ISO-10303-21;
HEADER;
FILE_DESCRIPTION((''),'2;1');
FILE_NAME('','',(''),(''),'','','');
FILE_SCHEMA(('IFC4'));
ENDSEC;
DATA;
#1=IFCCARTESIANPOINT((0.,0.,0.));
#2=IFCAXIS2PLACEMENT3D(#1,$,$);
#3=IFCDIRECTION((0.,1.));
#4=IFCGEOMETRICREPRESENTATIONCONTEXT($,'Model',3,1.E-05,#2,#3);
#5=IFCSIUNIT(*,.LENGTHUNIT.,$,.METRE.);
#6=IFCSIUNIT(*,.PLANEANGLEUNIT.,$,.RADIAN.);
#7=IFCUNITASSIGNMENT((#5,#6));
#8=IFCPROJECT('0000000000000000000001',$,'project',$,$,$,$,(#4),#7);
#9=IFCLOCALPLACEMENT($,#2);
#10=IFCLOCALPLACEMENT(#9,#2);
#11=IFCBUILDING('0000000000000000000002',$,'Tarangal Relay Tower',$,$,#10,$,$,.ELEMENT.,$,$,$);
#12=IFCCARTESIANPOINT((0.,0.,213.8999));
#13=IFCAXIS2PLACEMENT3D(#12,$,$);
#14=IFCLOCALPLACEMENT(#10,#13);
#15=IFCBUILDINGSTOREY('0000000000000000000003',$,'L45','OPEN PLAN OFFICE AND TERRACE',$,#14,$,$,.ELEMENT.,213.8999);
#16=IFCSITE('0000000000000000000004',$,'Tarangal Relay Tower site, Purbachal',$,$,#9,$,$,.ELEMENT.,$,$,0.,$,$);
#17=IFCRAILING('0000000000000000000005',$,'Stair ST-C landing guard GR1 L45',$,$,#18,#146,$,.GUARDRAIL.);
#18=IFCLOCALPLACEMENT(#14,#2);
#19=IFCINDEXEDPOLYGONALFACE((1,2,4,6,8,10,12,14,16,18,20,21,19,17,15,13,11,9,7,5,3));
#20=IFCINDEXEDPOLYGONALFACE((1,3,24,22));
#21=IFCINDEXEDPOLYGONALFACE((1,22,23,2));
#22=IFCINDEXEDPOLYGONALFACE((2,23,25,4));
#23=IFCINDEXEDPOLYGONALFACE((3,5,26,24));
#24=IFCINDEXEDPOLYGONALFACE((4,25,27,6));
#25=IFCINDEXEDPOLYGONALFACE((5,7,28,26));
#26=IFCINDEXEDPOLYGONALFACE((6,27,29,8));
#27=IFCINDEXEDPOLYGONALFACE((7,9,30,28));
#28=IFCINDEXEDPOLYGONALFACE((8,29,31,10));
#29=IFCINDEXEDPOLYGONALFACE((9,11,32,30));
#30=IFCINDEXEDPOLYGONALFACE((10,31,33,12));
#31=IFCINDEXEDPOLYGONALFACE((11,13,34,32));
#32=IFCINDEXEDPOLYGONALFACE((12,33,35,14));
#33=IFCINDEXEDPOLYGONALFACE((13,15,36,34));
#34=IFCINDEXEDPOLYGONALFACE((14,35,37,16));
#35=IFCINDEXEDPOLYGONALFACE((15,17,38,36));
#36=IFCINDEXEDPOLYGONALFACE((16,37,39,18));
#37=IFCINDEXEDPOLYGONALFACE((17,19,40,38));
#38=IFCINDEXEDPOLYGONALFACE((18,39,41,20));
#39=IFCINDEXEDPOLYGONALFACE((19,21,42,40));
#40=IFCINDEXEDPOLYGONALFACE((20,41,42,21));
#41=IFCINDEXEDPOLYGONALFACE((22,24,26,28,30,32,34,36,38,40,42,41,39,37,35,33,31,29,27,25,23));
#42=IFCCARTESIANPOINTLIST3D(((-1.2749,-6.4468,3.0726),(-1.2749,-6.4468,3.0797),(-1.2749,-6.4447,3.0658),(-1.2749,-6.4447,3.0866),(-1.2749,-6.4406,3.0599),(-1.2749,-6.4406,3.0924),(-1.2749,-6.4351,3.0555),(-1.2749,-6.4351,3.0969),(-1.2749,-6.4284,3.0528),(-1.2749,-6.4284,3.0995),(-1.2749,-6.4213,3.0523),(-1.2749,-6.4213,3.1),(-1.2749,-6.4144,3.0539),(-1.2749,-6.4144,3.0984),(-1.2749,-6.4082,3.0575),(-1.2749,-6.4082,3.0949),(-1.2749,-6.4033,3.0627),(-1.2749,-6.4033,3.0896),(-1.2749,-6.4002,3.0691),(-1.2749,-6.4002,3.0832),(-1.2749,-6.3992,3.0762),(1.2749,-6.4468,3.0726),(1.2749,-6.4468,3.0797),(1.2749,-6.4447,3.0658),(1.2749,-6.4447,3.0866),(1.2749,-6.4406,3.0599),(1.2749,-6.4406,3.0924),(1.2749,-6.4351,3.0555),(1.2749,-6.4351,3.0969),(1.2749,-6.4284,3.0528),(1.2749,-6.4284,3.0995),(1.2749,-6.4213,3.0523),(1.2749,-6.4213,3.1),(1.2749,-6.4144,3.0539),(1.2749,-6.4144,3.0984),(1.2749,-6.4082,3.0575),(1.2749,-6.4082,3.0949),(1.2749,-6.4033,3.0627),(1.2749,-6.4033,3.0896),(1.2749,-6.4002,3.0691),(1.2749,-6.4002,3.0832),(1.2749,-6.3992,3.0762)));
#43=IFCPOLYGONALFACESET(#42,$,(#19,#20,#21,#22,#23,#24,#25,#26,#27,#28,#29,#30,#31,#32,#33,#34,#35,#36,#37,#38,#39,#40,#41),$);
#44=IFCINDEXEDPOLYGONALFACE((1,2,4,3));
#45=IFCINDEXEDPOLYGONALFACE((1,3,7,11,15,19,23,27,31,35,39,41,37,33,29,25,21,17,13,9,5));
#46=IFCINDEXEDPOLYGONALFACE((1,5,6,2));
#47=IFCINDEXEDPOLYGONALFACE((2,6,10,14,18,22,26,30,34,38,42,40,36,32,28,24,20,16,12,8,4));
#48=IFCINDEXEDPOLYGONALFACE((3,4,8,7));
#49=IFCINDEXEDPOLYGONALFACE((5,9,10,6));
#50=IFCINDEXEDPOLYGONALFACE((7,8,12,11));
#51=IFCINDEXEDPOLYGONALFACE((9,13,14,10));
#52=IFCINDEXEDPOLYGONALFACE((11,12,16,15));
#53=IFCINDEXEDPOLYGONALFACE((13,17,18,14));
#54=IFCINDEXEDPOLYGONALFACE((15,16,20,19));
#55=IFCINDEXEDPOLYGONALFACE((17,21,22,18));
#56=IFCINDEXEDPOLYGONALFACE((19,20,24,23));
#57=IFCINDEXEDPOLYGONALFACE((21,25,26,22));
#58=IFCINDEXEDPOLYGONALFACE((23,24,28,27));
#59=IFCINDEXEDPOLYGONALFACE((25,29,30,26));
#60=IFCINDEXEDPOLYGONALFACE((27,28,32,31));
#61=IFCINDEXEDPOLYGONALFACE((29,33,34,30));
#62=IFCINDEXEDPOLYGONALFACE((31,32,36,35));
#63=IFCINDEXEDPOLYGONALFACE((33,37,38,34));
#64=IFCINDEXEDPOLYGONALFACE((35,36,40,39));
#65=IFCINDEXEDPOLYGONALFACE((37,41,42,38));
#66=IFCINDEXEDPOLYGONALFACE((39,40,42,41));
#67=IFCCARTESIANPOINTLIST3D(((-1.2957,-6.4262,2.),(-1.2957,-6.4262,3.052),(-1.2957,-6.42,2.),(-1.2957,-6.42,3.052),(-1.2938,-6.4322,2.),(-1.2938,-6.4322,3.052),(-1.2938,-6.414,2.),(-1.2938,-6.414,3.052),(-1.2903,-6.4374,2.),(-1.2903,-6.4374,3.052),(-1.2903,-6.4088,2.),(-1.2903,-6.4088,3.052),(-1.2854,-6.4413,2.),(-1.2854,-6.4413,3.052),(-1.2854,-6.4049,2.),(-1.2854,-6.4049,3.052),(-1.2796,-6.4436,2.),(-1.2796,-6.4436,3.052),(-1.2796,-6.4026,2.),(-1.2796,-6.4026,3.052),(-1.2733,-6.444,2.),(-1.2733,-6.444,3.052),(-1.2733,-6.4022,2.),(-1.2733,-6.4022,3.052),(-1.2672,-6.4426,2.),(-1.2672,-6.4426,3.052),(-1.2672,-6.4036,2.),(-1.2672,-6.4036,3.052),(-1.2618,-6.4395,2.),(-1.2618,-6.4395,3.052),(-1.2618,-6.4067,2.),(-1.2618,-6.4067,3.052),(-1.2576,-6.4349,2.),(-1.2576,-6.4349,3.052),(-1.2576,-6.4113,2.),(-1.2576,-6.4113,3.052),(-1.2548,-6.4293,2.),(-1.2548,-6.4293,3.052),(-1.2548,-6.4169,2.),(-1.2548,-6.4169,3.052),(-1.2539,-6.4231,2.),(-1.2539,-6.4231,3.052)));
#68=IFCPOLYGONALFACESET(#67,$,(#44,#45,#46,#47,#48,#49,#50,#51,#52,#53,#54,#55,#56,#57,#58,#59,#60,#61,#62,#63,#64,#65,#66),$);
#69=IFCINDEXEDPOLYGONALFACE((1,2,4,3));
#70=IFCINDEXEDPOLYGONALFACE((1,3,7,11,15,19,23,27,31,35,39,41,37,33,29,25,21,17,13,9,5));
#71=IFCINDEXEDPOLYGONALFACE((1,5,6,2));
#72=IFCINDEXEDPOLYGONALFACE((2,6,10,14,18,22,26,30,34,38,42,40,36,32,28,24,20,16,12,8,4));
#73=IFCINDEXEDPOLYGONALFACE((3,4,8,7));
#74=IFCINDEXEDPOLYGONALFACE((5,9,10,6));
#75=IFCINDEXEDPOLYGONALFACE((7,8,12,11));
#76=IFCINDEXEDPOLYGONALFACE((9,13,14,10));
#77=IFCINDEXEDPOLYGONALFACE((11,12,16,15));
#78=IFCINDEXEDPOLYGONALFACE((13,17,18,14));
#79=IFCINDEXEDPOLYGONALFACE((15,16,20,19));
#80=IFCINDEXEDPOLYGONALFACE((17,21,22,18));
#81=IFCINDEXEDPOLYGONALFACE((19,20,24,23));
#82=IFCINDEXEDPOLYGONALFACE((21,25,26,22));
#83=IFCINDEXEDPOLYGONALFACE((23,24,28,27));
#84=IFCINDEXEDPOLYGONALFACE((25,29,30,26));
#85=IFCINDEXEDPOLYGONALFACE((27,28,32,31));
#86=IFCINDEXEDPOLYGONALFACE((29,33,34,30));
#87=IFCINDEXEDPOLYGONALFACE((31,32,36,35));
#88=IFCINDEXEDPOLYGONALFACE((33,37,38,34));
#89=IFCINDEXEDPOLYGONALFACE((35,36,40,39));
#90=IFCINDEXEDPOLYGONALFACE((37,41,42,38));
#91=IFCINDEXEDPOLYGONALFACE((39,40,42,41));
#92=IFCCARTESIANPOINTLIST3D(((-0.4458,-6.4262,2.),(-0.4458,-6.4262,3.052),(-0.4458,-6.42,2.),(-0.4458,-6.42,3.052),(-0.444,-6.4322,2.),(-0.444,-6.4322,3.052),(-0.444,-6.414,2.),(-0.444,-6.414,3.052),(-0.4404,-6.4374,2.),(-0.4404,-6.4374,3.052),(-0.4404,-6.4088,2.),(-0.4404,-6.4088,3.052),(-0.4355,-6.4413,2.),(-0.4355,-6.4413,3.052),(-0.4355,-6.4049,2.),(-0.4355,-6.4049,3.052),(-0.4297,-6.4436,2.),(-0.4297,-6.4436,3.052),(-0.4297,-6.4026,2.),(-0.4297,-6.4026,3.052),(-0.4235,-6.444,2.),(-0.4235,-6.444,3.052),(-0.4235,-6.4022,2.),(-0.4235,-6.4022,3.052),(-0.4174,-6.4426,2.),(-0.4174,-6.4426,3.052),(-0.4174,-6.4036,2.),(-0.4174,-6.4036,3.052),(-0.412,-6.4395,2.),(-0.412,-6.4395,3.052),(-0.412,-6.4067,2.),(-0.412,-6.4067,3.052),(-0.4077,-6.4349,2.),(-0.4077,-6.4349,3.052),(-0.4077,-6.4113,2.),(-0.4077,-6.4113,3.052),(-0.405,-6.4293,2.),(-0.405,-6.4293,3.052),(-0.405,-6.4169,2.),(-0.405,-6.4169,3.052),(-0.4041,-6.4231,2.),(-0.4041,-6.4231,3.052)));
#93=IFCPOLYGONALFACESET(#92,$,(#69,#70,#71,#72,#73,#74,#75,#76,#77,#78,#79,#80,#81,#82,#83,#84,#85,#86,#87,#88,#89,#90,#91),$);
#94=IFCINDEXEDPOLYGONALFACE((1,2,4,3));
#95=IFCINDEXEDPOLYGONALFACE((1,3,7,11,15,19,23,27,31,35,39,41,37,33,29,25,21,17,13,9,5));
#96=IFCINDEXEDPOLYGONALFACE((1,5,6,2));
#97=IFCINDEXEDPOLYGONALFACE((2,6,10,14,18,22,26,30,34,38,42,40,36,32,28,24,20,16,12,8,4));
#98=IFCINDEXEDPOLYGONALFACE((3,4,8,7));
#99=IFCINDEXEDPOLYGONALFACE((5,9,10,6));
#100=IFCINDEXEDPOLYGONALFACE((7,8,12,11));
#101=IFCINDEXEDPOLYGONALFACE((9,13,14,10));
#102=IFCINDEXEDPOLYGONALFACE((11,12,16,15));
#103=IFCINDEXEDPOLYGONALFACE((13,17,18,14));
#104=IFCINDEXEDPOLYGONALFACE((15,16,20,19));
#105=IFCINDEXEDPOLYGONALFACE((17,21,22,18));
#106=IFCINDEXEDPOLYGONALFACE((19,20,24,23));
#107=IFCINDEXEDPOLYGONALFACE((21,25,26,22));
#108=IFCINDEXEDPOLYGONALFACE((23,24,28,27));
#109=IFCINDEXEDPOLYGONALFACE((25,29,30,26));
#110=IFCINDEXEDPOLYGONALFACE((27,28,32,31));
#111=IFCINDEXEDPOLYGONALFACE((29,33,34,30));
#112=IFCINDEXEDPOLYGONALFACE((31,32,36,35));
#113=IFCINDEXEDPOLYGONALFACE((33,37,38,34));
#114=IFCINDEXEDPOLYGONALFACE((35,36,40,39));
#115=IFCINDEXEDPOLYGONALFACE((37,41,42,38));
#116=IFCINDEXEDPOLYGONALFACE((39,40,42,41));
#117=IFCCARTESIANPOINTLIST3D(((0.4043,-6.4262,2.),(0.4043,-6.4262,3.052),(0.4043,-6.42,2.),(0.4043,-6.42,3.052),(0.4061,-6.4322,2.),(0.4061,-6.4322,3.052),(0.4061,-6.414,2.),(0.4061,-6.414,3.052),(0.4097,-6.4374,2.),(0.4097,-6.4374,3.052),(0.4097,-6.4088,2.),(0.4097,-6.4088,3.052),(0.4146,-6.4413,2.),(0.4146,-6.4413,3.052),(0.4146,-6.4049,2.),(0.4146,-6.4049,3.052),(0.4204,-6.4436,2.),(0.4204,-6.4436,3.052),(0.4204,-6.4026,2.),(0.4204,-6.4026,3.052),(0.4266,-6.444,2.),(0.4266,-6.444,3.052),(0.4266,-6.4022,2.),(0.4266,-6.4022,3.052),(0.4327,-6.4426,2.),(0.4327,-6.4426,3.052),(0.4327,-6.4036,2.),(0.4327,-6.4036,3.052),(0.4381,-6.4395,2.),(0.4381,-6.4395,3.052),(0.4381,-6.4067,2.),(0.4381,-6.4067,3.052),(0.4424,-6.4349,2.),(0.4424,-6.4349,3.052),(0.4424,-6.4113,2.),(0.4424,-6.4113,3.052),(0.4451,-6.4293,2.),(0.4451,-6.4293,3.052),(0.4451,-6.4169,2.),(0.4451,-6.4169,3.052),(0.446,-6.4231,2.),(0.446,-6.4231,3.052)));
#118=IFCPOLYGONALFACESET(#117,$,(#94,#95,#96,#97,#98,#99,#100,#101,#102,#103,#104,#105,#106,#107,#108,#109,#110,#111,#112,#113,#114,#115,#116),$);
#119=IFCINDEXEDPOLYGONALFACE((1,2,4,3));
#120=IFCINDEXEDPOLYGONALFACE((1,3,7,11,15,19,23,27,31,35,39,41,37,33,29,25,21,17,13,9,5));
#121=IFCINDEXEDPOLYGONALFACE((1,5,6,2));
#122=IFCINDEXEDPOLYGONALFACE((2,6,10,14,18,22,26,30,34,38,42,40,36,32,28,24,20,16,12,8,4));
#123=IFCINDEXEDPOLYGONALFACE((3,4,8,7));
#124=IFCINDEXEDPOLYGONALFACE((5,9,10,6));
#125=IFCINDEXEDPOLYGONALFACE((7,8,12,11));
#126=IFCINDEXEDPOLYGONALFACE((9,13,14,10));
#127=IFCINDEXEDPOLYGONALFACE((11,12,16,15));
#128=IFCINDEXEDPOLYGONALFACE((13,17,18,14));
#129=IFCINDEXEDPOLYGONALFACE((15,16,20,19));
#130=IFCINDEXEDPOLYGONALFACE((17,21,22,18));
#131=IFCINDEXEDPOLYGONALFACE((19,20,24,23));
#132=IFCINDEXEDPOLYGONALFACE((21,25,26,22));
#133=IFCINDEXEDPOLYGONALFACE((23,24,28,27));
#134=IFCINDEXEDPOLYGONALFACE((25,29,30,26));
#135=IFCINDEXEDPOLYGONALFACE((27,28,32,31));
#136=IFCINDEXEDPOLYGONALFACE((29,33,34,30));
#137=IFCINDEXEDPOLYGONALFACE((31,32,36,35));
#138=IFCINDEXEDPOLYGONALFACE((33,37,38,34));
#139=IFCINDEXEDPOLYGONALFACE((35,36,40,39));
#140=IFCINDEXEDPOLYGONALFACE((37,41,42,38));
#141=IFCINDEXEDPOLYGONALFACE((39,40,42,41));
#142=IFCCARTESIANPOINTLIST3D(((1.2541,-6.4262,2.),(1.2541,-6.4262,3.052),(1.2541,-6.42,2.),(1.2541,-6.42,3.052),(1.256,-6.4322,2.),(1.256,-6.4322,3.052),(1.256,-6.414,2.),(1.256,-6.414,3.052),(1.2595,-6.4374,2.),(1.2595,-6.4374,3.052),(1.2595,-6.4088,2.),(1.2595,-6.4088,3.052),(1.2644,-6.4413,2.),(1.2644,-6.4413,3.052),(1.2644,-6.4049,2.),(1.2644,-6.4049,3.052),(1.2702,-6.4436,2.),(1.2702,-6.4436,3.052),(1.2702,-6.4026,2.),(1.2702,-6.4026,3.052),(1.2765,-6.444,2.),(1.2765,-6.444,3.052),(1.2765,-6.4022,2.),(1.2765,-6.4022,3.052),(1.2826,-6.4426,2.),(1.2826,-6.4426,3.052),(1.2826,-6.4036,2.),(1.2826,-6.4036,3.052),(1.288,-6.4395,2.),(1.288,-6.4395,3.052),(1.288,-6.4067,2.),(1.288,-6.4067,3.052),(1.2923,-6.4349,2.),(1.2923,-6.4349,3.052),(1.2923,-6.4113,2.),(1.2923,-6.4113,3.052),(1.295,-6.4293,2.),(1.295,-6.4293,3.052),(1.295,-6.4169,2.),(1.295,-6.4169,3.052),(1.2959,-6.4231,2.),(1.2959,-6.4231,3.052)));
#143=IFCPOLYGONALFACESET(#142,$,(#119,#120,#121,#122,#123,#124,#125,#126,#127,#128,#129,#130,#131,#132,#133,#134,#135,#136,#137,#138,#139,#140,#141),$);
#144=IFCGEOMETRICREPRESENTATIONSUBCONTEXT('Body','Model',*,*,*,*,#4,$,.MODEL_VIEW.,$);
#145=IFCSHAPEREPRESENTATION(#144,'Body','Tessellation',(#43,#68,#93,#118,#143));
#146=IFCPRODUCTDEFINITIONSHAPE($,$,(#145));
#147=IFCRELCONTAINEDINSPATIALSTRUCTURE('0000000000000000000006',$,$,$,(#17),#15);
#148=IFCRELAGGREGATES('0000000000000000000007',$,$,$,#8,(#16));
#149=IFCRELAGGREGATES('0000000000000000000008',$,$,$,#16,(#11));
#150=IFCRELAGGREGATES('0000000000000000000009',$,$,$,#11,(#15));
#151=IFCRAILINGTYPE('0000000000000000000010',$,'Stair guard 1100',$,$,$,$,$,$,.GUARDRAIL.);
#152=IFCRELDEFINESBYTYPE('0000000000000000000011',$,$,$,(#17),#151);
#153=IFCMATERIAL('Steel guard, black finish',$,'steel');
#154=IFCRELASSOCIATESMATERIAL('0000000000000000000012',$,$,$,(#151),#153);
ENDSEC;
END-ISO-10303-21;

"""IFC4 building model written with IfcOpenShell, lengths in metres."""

from ifc_helpers import new_model, si_unit, direction, frame, origin, origin_2d, place, context, subcontext, project, spatial, circle, extrude, material, type_object, element, save


model = new_model("IFC4")

# Units and contexts
model_context = context("Model", 3, precision=1e-05, world=origin(), true_north=direction((0.0, 1.0)))
body_context = subcontext(model_context, "Body", "Model", "MODEL_VIEW")
ifc_project = project(units=[si_unit("LENGTHUNIT", "METRE"), si_unit("PLANEANGLEUNIT", "RADIAN")], contexts=[model_context])

# Site, building, storey
site_placement = place(None, origin())
site = spatial("IfcSite", under=ifc_project, at=site_placement, Name="Tarangal Relay Tower site, Purbachal", CompositionType="ELEMENT", RefElevation=0.0)
building_placement = place(site_placement, origin())
building = spatial("IfcBuilding", under=site, at=building_placement, Name="Tarangal Relay Tower", CompositionType="ELEMENT")
storey_placement = place(building_placement, frame((0.0, 0.0, 213.8999)))
storey = spatial("IfcBuildingStorey", under=building, at=storey_placement, Name="L45", Description="OPEN PLAN OFFICE AND TERRACE", CompositionType="ELEMENT", Elevation=213.8999)

# Railing
ifc_material_1 = material(Name="Steel guard, black finish", Category="steel")
railing_type_1 = type_object("IfcRailingType", Name="Stair guard 1100", PredefinedType="GUARDRAIL", material=ifc_material_1)
for number, where, name in (
    (1, (-1.2749, -6.4231, 2.0), "Stair ST-C landing guard GR1 L45"),
):
    element("IfcRailing", number, at=place(storey_placement, frame(where)), inside=storey, type_object=railing_type_1, Name=name, PredefinedType="GUARDRAIL", context=body_context, shape_type="SweptSolid", body=[
        extrude(circle(Radius=0.0239, at=origin_2d()), frame((0.0, 0.0, 1.0762), z_axis=(1.0, 0.0, 0.0), x_axis=(0.0, 1.0, 0.0)), (0.0, 0.0, 1.0), 2.5498),
        extrude(circle(Radius=0.021, at=origin_2d()), origin(), (0.0, 0.0, 1.0), 1.052),
        extrude(circle(Radius=0.021, at=origin_2d()), frame((0.8499, 0.0, 0.0)), (0.0, 0.0, 1.0), 1.052),
        extrude(circle(Radius=0.021, at=origin_2d()), frame((1.7, 0.0, 0.0)), (0.0, 0.0, 1.0), 1.052),
        extrude(circle(Radius=0.021, at=origin_2d()), frame((2.5498, 0.0, 0.0)), (0.0, 0.0, 1.0), 1.052),
    ])

save(model, "model.ifc")
